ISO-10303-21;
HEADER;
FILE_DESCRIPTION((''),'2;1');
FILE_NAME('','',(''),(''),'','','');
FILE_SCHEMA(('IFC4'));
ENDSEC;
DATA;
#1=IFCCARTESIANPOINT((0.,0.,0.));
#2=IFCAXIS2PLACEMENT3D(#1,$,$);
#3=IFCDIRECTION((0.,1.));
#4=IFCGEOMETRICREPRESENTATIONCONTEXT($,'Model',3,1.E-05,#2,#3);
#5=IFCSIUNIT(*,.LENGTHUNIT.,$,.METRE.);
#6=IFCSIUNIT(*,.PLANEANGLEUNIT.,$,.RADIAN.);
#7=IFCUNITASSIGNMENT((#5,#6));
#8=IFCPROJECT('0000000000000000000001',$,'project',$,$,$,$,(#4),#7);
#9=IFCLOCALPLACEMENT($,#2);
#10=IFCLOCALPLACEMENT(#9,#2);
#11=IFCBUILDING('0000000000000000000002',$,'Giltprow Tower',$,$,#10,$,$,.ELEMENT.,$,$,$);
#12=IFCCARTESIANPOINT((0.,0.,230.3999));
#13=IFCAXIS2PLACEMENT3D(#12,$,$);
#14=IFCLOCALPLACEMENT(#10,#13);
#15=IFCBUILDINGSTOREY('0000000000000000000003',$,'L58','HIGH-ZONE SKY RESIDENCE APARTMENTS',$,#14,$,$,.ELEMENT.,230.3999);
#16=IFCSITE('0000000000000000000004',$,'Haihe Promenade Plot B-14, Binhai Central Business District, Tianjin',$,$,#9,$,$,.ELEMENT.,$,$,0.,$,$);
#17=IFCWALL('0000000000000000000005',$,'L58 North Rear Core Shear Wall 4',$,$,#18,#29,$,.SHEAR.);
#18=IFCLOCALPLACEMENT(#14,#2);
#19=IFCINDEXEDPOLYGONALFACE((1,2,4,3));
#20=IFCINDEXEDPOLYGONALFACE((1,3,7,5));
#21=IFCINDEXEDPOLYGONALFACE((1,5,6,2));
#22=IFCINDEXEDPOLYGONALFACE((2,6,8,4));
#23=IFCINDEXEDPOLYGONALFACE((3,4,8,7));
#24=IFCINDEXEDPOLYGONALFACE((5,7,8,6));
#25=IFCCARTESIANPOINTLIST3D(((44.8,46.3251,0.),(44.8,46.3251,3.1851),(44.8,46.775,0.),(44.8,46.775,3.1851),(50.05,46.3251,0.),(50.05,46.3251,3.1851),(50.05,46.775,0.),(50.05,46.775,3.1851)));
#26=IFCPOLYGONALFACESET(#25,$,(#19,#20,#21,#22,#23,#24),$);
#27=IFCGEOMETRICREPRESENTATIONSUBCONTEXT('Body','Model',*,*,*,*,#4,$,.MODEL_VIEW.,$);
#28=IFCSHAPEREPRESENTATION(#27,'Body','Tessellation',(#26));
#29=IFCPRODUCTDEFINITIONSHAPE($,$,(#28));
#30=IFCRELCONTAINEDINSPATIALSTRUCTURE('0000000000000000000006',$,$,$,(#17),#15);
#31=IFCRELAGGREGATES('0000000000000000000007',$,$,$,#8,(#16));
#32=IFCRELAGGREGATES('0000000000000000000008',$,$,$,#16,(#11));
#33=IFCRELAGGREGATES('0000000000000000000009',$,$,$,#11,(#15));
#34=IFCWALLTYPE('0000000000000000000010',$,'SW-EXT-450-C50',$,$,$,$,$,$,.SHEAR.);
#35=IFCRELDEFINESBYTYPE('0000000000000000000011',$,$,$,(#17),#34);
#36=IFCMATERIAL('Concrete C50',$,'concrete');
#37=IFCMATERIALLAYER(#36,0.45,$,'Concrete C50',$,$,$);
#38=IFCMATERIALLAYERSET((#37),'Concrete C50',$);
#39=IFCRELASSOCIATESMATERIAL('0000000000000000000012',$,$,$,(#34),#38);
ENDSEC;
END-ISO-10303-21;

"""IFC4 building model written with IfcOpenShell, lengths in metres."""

from ifc_helpers import new_model, si_unit, direction, frame, frame_2d, origin, place, context, subcontext, project, spatial, rectangle, extrude, material, layer, layer_set, type_object, element, save


model = new_model("IFC4")

# Units and contexts
model_context = context("Model", 3, precision=1e-05, world=origin(), true_north=direction((0.0, 1.0)))
body_context = subcontext(model_context, "Body", "Model", "MODEL_VIEW")
ifc_project = project(units=[si_unit("LENGTHUNIT", "METRE"), si_unit("PLANEANGLEUNIT", "RADIAN")], contexts=[model_context])

# Site, building, storey
site_placement = place(None, origin())
site = spatial("IfcSite", under=ifc_project, at=site_placement, Name="Haihe Promenade Plot B-14, Binhai Central Business District, Tianjin", CompositionType="ELEMENT", RefElevation=0.0)
building_placement = place(site_placement, origin())
building = spatial("IfcBuilding", under=site, at=building_placement, Name="Giltprow Tower", CompositionType="ELEMENT")
storey_placement = place(building_placement, frame((0.0, 0.0, 230.3999)))
storey = spatial("IfcBuildingStorey", under=building, at=storey_placement, Name="L58", Description="HIGH-ZONE SKY RESIDENCE APARTMENTS", CompositionType="ELEMENT", Elevation=230.3999)

# Shared definitions
ifc_material_1 = material(Name="Concrete C50", Category="concrete")

# Wall
ifc_layer_1 = layer(ifc_material_1, 0.45, Name="Concrete C50")
ifc_layer_set_1 = layer_set([ifc_layer_1], Name="Concrete C50")
wall_type_1 = type_object("IfcWallType", Name="SW-EXT-450-C50", PredefinedType="SHEAR", material=ifc_layer_set_1)
wall_1_placement = place(storey_placement, frame((44.8, 46.55, 0.0), z_axis=(0.0, 0.0, 1.0), x_axis=(1.0, 0.0, 0.0)))
element("IfcWall", 1, at=wall_1_placement, inside=storey, type_object=wall_type_1, Name="L58 North Rear Core Shear Wall 4", PredefinedType="SHEAR", context=body_context, shape_type="SweptSolid", body=[
    extrude(rectangle(XDim=5.25, YDim=0.45, at=frame_2d((2.625, 0.0))), origin(), (0.0, 0.0, 1.0), 3.1851),
])

save(model, "model.ifc")
